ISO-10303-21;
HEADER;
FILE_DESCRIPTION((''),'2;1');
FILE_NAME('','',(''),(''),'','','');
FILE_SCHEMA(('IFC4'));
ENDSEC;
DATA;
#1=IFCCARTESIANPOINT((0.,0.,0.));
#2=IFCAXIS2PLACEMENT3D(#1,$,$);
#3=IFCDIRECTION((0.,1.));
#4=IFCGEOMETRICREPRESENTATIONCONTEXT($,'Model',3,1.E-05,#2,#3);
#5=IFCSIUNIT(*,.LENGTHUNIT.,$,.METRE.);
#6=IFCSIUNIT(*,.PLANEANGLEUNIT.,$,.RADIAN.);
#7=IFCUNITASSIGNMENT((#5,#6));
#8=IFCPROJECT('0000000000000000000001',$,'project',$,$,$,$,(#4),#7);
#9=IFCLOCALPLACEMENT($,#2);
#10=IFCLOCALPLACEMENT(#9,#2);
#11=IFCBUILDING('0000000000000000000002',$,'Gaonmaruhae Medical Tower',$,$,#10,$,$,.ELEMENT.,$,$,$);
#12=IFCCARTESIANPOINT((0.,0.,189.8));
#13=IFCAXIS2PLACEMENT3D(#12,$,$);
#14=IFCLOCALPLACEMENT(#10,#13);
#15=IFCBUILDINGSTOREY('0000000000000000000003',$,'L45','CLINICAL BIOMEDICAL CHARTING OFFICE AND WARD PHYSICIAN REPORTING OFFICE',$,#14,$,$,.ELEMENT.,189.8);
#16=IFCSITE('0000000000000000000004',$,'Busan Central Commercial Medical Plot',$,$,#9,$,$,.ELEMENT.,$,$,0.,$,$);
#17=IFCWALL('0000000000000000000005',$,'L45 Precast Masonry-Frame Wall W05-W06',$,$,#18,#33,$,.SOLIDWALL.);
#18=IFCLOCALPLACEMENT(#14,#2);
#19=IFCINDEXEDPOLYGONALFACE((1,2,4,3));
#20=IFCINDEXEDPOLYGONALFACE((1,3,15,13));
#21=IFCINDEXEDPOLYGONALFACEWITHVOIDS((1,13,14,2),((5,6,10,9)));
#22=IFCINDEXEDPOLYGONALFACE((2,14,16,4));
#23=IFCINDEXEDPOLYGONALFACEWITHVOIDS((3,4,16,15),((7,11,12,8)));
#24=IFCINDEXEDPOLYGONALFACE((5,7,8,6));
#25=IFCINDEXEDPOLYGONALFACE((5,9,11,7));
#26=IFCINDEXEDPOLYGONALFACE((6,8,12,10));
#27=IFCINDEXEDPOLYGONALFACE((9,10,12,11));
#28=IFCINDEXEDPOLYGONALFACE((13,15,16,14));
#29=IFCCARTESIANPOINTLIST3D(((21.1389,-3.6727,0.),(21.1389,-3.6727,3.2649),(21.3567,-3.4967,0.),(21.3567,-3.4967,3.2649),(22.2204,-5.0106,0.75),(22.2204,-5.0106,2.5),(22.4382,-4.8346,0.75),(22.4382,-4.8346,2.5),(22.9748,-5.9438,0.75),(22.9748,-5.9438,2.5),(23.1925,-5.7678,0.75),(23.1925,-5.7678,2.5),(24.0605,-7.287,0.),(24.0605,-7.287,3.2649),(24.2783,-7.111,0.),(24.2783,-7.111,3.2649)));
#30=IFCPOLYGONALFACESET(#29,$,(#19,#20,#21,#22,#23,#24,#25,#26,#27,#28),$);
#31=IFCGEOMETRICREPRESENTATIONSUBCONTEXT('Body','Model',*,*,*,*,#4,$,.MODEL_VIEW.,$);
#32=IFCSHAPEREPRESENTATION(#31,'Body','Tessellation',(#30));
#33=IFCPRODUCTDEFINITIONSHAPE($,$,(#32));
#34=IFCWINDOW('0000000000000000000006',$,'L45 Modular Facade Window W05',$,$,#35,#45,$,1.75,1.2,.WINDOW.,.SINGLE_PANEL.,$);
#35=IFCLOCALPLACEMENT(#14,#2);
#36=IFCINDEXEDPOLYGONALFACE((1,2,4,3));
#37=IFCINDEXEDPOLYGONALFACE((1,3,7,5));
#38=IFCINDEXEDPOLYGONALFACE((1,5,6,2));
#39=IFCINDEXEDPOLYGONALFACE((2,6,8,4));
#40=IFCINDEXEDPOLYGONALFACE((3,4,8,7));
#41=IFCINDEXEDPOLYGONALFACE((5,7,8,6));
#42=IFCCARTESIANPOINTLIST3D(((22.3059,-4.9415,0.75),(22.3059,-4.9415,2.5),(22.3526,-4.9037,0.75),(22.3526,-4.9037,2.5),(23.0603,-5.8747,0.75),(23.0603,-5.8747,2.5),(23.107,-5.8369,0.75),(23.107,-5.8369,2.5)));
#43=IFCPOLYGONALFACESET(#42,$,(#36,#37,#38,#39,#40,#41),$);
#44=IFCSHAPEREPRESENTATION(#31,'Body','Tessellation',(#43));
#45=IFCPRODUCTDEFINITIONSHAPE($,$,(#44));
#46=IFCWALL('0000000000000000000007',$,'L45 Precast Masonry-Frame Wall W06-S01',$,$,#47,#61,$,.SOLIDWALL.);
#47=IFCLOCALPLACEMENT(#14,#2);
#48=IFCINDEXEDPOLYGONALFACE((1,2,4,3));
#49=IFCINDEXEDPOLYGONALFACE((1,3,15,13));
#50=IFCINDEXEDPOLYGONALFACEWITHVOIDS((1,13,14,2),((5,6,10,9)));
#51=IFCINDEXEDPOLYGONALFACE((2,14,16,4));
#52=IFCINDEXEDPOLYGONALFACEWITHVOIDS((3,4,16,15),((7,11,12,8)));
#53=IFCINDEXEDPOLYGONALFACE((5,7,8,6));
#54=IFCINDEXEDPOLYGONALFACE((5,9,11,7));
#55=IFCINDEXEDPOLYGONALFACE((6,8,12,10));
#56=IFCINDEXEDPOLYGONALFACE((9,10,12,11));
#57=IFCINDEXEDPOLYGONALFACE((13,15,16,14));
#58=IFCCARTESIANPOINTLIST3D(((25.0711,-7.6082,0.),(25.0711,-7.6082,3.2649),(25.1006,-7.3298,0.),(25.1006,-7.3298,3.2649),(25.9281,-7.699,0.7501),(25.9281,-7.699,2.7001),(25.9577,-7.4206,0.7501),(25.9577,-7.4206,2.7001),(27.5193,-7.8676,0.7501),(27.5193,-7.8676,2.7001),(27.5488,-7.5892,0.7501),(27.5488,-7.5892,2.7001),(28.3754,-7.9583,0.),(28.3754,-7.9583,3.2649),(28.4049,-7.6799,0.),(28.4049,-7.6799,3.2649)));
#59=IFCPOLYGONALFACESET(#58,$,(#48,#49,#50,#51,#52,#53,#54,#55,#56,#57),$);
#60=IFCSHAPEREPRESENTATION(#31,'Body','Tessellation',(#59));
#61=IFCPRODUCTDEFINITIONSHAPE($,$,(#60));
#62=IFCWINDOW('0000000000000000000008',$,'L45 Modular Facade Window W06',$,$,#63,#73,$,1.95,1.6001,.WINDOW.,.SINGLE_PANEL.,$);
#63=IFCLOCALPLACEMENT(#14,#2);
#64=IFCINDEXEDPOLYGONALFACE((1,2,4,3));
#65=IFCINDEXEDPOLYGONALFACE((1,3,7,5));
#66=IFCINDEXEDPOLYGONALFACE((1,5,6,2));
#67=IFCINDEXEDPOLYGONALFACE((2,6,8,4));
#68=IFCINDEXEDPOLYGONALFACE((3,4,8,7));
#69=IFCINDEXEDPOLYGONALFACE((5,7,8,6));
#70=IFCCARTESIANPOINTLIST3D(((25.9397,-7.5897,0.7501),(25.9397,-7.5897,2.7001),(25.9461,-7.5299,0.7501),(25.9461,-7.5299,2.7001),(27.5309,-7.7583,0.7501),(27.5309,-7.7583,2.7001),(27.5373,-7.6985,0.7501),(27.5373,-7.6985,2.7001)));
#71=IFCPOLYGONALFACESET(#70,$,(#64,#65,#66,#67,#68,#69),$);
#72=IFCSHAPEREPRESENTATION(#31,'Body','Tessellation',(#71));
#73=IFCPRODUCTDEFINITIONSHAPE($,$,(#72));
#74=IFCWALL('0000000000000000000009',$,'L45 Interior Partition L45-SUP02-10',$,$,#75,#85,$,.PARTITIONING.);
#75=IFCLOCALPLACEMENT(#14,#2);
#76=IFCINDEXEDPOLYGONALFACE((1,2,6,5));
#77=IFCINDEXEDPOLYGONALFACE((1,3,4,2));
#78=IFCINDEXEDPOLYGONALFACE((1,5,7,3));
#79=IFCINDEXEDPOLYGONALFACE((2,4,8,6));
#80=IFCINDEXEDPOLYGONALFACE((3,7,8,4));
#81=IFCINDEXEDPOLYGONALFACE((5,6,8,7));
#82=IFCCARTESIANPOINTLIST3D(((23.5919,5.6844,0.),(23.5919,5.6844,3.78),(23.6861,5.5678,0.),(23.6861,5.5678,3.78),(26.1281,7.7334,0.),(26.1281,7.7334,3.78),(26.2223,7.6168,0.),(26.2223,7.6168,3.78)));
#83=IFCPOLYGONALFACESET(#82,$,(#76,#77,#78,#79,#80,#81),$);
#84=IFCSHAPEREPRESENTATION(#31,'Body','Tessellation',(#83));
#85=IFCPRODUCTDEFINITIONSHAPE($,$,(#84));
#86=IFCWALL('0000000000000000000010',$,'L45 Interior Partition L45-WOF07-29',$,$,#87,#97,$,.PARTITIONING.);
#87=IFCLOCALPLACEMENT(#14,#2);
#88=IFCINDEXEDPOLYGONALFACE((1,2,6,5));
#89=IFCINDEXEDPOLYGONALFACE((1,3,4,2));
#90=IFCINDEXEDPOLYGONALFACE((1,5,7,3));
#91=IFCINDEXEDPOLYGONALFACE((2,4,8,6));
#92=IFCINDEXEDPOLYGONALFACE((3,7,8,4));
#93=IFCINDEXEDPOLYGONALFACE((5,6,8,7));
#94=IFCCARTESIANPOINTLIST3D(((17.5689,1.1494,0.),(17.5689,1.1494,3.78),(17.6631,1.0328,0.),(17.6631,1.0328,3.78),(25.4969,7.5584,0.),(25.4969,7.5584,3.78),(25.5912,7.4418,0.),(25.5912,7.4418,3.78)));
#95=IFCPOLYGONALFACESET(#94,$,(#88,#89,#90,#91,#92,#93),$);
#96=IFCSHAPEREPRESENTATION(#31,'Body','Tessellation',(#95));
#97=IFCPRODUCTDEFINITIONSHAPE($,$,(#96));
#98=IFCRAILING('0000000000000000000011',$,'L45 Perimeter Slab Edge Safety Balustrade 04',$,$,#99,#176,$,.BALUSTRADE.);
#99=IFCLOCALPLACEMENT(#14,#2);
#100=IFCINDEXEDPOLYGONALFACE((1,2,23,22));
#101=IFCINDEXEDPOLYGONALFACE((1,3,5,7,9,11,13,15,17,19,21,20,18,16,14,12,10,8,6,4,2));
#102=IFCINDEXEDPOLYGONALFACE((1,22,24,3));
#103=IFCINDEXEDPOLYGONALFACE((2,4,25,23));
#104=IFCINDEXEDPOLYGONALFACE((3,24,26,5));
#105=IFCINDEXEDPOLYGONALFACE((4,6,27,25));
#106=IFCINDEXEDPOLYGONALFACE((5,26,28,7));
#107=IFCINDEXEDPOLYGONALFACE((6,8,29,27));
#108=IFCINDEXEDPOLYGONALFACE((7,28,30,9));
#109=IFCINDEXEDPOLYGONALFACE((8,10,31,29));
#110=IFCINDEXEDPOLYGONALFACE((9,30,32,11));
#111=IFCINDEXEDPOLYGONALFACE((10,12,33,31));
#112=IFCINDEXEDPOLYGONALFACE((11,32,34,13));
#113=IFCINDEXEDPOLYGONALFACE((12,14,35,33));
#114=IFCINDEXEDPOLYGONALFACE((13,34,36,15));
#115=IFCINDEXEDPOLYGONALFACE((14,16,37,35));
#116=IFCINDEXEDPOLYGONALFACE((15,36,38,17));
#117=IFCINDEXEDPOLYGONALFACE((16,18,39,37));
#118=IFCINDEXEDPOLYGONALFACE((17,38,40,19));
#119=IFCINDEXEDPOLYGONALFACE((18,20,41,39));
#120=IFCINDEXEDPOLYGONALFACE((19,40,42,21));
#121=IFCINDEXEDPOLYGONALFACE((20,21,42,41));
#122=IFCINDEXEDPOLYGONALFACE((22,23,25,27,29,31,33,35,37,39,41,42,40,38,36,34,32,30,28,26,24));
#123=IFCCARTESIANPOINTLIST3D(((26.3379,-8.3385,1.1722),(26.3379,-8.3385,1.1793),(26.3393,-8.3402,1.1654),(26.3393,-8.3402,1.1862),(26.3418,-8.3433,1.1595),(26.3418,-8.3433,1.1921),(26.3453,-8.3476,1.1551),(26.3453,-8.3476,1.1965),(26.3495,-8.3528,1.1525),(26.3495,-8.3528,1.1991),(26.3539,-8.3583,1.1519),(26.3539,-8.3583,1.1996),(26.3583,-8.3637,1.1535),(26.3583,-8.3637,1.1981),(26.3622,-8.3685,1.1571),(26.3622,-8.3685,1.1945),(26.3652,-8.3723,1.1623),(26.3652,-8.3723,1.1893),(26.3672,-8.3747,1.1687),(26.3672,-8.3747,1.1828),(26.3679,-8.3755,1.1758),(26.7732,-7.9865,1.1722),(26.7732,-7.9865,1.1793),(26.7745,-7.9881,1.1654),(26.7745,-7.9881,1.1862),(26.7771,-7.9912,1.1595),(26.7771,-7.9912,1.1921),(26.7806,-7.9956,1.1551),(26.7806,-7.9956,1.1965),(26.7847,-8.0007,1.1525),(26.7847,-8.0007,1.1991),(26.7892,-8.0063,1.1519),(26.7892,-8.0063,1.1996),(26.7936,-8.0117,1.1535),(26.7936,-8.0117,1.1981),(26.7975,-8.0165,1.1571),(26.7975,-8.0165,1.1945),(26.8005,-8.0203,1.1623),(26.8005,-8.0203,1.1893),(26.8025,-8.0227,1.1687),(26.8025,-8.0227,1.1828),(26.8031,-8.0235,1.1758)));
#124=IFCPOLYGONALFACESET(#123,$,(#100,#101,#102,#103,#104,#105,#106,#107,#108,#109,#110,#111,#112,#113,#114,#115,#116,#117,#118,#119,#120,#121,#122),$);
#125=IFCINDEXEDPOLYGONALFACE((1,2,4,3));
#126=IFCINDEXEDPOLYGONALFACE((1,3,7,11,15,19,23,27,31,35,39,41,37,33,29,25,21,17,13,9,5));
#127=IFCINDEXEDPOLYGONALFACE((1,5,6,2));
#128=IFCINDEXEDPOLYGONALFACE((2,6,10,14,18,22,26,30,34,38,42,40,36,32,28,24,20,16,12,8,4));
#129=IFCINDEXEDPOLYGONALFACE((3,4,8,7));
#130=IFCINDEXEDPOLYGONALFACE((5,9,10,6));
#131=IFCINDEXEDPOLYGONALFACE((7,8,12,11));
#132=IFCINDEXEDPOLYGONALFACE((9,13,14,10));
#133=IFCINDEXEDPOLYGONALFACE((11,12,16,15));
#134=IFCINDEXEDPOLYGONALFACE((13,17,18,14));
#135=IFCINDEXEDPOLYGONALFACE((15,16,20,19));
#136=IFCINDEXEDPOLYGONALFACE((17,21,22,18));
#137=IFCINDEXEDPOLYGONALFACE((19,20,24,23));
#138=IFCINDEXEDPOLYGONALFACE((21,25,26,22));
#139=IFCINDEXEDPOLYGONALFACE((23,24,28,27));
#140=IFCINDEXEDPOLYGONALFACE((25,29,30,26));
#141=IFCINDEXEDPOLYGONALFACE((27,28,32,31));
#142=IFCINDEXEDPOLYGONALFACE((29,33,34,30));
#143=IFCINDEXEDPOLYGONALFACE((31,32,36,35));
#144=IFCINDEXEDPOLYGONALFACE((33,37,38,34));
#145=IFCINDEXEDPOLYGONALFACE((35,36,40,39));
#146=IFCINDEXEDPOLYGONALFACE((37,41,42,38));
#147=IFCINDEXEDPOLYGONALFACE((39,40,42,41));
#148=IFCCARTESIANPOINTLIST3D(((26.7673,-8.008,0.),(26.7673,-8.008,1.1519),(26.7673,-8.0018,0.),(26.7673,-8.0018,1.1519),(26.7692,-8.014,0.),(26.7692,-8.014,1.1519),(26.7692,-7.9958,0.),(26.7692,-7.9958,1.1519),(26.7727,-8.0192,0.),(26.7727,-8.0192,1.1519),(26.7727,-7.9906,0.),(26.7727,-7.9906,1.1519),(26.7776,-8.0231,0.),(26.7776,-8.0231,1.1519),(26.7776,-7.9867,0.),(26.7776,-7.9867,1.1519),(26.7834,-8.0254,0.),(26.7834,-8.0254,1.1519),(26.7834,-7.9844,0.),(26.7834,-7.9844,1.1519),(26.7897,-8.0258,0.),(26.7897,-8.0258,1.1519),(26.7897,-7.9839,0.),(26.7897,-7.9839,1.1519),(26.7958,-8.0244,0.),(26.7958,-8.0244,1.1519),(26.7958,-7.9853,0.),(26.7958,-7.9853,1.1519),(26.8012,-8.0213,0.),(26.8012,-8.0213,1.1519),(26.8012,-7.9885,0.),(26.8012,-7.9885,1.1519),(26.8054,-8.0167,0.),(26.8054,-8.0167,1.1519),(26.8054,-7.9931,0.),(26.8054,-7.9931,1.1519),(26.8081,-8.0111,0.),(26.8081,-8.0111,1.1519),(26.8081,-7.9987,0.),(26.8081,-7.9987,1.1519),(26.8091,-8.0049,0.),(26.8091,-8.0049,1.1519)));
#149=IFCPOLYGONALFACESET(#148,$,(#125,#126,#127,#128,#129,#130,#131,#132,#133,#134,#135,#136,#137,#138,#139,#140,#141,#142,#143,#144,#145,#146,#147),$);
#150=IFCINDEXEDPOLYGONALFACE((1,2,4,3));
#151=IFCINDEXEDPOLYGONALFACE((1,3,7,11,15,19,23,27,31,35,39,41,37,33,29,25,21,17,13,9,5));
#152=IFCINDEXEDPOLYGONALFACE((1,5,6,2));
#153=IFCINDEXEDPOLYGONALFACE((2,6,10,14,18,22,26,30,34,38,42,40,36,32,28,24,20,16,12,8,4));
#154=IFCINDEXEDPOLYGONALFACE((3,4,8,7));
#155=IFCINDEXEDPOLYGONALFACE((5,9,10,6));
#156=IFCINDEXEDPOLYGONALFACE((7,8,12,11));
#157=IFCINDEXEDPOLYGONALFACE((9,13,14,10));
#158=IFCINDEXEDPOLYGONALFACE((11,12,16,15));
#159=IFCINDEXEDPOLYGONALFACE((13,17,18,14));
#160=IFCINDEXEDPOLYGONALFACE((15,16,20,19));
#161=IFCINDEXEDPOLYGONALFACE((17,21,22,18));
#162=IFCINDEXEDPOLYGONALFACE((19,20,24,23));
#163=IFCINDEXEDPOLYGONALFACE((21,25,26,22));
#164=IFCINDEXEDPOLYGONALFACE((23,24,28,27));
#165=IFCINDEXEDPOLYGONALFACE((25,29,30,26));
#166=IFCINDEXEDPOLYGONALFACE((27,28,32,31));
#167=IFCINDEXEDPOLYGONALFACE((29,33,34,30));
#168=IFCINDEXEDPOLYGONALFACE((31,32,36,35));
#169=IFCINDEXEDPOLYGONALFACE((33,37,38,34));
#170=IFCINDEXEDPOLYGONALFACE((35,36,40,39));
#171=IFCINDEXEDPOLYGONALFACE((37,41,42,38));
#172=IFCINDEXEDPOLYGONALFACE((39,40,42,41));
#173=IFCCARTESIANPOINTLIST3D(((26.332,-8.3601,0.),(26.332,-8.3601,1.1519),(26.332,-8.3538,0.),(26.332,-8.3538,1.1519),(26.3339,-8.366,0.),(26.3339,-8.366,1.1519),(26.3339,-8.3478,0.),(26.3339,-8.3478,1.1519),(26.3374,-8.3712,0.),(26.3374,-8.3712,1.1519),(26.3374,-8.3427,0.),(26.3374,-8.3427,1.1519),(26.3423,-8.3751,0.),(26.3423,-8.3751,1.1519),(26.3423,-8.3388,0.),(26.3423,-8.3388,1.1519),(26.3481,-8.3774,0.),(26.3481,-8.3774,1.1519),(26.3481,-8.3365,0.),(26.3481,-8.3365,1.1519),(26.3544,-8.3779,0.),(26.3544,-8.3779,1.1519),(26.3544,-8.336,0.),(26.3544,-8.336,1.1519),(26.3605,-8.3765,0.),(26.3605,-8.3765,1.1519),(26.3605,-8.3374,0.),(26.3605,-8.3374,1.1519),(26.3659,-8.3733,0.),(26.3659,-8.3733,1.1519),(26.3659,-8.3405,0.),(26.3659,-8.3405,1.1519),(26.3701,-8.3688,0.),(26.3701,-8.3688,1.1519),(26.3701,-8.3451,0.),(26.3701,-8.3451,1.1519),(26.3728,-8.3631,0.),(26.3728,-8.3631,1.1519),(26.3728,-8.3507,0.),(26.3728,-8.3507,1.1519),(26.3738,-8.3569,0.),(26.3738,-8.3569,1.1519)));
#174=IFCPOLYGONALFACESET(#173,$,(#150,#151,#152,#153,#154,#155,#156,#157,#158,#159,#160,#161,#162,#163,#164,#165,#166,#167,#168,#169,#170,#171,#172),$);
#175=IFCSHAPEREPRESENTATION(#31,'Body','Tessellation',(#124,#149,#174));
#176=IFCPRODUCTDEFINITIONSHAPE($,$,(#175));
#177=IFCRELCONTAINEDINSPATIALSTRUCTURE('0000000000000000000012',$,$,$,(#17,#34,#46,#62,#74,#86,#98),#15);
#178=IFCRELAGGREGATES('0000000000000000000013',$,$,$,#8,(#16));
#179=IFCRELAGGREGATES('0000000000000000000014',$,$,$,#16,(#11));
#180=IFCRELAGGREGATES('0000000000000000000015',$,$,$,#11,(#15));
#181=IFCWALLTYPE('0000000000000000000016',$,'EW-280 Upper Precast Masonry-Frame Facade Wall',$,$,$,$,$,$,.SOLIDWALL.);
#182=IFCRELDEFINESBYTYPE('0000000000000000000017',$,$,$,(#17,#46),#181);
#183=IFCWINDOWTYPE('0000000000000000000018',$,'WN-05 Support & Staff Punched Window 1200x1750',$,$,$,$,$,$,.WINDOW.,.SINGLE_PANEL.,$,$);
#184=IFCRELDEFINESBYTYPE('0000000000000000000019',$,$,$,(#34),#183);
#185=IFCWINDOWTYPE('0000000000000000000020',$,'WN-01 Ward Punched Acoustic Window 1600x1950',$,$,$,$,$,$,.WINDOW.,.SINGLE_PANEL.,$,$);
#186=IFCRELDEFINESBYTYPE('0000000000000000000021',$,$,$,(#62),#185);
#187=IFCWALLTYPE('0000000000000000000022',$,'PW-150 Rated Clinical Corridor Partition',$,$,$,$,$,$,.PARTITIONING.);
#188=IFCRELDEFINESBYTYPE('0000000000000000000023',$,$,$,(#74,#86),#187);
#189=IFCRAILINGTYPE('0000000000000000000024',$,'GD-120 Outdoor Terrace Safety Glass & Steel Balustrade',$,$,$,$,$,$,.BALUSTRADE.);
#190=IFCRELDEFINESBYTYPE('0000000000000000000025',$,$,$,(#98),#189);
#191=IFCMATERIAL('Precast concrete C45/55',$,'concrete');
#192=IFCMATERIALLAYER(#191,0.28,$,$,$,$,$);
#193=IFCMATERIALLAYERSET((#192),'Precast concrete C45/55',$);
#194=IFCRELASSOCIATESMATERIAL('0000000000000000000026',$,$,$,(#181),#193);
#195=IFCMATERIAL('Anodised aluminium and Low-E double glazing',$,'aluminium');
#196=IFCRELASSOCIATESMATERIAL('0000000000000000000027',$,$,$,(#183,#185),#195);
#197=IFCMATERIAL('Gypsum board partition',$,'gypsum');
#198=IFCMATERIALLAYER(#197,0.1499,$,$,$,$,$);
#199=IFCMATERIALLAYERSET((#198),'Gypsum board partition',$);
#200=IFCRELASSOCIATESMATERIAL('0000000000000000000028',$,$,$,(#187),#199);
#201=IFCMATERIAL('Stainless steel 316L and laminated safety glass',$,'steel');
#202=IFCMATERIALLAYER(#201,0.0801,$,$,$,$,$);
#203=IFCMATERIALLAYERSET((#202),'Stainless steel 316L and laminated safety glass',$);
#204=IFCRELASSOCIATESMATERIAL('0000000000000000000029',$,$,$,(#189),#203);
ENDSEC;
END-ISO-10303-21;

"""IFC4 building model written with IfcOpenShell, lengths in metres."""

from ifc_helpers import new_model, si_unit, direction, frame, frame_2d, origin, origin_2d, place, context, subcontext, project, spatial, rectangle, circle, extrude, material, layer, layer_set, type_object, element, fill, save


model = new_model("IFC4")

# Units and contexts
model_context = context("Model", 3, precision=1e-05, world=origin(), true_north=direction((0.0, 1.0)))
body_context = subcontext(model_context, "Body", "Model", "MODEL_VIEW")
ifc_project = project(units=[si_unit("LENGTHUNIT", "METRE"), si_unit("PLANEANGLEUNIT", "RADIAN")], contexts=[model_context])

# Site, building, storey
site_placement = place(None, origin())
site = spatial("IfcSite", under=ifc_project, at=site_placement, Name="Busan Central Commercial Medical Plot", CompositionType="ELEMENT", RefElevation=0.0)
building_placement = place(site_placement, origin())
building = spatial("IfcBuilding", under=site, at=building_placement, Name="Gaonmaruhae Medical Tower", CompositionType="ELEMENT")
storey_placement = place(building_placement, frame((0.0, 0.0, 189.8)))
storey = spatial("IfcBuildingStorey", under=building, at=storey_placement, Name="L45", Description="CLINICAL BIOMEDICAL CHARTING OFFICE AND WARD PHYSICIAN REPORTING OFFICE", CompositionType="ELEMENT", Elevation=189.8)

# Walls, openings, windows
ifc_material_1 = material(Name="Precast concrete C45/55", Category="concrete")
ifc_layer_1 = layer(ifc_material_1, 0.28)
ifc_layer_set_1 = layer_set([ifc_layer_1], Name="Precast concrete C45/55")
wall_type_1 = type_object("IfcWallType", Name="EW-280 Upper Precast Masonry-Frame Facade Wall", PredefinedType="SOLIDWALL", material=ifc_layer_set_1)
ifc_material_2 = material(Name="Anodised aluminium and Low-E double glazing", Category="aluminium")
wall_1_placement = place(storey_placement, frame((24.1694, -7.199, 0.0), z_axis=(0.0, 0.0, 1.0), x_axis=(-0.628653, 0.777686, 0.0)))
wall_1 = element("IfcWall", 1, at=wall_1_placement, inside=storey, type_object=wall_type_1, Name="L45 Precast Masonry-Frame Wall W05-W06", PredefinedType="SOLIDWALL", context=body_context, shape_type="SweptSolid", body=[
    extrude(rectangle(XDim=4.6475, YDim=0.28, at=frame_2d((2.3237, 0.0))), origin(), (0.0, 0.0, 1.0), 3.2649),
])
opening_1_placement = place(wall_1_placement, frame((1.7271, 0.0, 0.75)))
opening_1 = element("IfcOpeningElement", 2, at=opening_1_placement, cuts=wall_1, PredefinedType="OPENING", context=body_context, shape_type="SweptSolid", body=[
    extrude(rectangle(XDim=1.2, YDim=1.75, at=frame_2d((0.6001, 0.875))), frame((0.0, 0.1499, 0.0), z_axis=(0.0, -1.0, 0.0), x_axis=(1.0, 0.0, 0.0)), (0.0, 0.0, 1.0), 0.3),
])
window_type_1 = type_object("IfcWindowType", Name="WN-05 Support & Staff Punched Window 1200x1750", PartitioningType="SINGLE_PANEL", PredefinedType="WINDOW", material=ifc_material_2)
window_1_placement = place(opening_1_placement, origin())
window_1 = element("IfcWindow", 3, at=window_1_placement, inside=storey, type_object=window_type_1, Name="L45 Modular Facade Window W05", OverallHeight=1.75, OverallWidth=1.2, PartitioningType="SINGLE_PANEL", PredefinedType="WINDOW", context=body_context, shape_type="SweptSolid", body=[
    extrude(rectangle(XDim=1.2, YDim=1.75, at=frame_2d((0.6001, 0.875))), frame((0.0, 0.03, 0.0), z_axis=(0.0, -1.0, 0.0), x_axis=(1.0, 0.0, 0.0)), (0.0, 0.0, 1.0), 0.0601),
])
fill(opening_1, window_1)
wall_2_placement = place(storey_placement, frame((28.3901, -7.8191, 0.0), z_axis=(0.0, 0.0, 1.0), x_axis=(-0.994434, 0.105366, 0.0)))
wall_2 = element("IfcWall", 4, at=wall_2_placement, inside=storey, type_object=wall_type_1, Name="L45 Precast Masonry-Frame Wall W06-S01", PredefinedType="SOLIDWALL", context=body_context, shape_type="SweptSolid", body=[
    extrude(rectangle(XDim=3.3228, YDim=0.28, at=frame_2d((1.6614, 0.0))), origin(), (0.0, 0.0, 1.0), 3.2649),
])
opening_2_placement = place(wall_2_placement, frame((0.8608, 0.0, 0.75)))
opening_2 = element("IfcOpeningElement", 5, at=opening_2_placement, cuts=wall_2, PredefinedType="OPENING", context=body_context, shape_type="SweptSolid", body=[
    extrude(rectangle(XDim=1.6001, YDim=1.95, at=frame_2d((0.8, 0.9751))), frame((0.0, 0.1499, 0.0), z_axis=(0.0, -1.0, 0.0), x_axis=(1.0, 0.0, 0.0)), (0.0, 0.0, 1.0), 0.3),
])
window_type_2 = type_object("IfcWindowType", Name="WN-01 Ward Punched Acoustic Window 1600x1950", PartitioningType="SINGLE_PANEL", PredefinedType="WINDOW", material=ifc_material_2)
window_2_placement = place(opening_2_placement, origin())
window_2 = element("IfcWindow", 6, at=window_2_placement, inside=storey, type_object=window_type_2, Name="L45 Modular Facade Window W06", OverallHeight=1.95, OverallWidth=1.6001, PartitioningType="SINGLE_PANEL", PredefinedType="WINDOW", context=body_context, shape_type="SweptSolid", body=[
    extrude(rectangle(XDim=1.6001, YDim=1.95, at=frame_2d((0.8, 0.9751))), frame((0.0, 0.03, 0.0), z_axis=(0.0, -1.0, 0.0), x_axis=(1.0, 0.0, 0.0)), (0.0, 0.0, 1.0), 0.0601),
])
fill(opening_2, window_2)

# Walls
ifc_material_3 = material(Name="Gypsum board partition", Category="gypsum")
ifc_layer_2 = layer(ifc_material_3, 0.1499)
ifc_layer_set_2 = layer_set([ifc_layer_2], Name="Gypsum board partition")
wall_type_2 = type_object("IfcWallType", Name="PW-150 Rated Clinical Corridor Partition", PredefinedType="PARTITIONING", material=ifc_layer_set_2)
wall_3_placement = place(storey_placement, frame((23.6389, 5.626, 0.0), z_axis=(0.0, 0.0, 1.0), x_axis=(0.777843, 0.628459, 0.0)))
element("IfcWall", 7, at=wall_3_placement, inside=storey, type_object=wall_type_2, Name="L45 Interior Partition L45-SUP02-10", PredefinedType="PARTITIONING", context=body_context, shape_type="SweptSolid", body=[
    extrude(rectangle(XDim=3.2605, YDim=0.1499, at=frame_2d((1.6304, 0.0))), origin(), (0.0, 0.0, 1.0), 3.78),
])
wall_4_placement = place(storey_placement, frame((25.5439, 7.5, 0.0), z_axis=(0.0, 0.0, 1.0), x_axis=(-0.777674, -0.628668, 0.0)))
element("IfcWall", 8, at=wall_4_placement, inside=storey, type_object=wall_type_2, Name="L45 Interior Partition L45-WOF07-29", PredefinedType="PARTITIONING", context=body_context, shape_type="SweptSolid", body=[
    extrude(rectangle(XDim=10.1946, YDim=0.1499, at=frame_2d((5.0972, 0.0))), origin(), (0.0, 0.0, 1.0), 3.78),
])

# Railing
ifc_material_4 = material(Name="Stainless steel 316L and laminated safety glass", Category="steel")
ifc_layer_3 = layer(ifc_material_4, 0.0801)
ifc_layer_set_3 = layer_set([ifc_layer_3], Name="Stainless steel 316L and laminated safety glass")
railing_type = type_object("IfcRailingType", Name="GD-120 Outdoor Terrace Safety Glass & Steel Balustrade", PredefinedType="BALUSTRADE", material=ifc_layer_set_3)
railing_1_placement = place(storey_placement, frame((26.7881, -8.0049, 0.0)))
element("IfcRailing", 9, at=railing_1_placement, inside=storey, type_object=railing_type, Name="L45 Perimeter Slab Edge Safety Balustrade 04", PredefinedType="BALUSTRADE", context=body_context, shape_type="SweptSolid", body=[
    extrude(circle(Radius=0.0239, at=origin_2d()), frame((0.0, 0.0, 1.1758), z_axis=(-0.777539, -0.628834, 0.0), x_axis=(0.628834, -0.777539, 0.0)), (0.0, 0.0, 1.0), 0.5598),
    extrude(circle(Radius=0.021, at=origin_2d()), origin(), (0.0, 0.0, 1.0), 1.1519),
    extrude(circle(Radius=0.021, at=origin_2d()), frame((-0.4353, -0.3521, 0.0)), (0.0, 0.0, 1.0), 1.1519),
])

save(model, "model.ifc")
